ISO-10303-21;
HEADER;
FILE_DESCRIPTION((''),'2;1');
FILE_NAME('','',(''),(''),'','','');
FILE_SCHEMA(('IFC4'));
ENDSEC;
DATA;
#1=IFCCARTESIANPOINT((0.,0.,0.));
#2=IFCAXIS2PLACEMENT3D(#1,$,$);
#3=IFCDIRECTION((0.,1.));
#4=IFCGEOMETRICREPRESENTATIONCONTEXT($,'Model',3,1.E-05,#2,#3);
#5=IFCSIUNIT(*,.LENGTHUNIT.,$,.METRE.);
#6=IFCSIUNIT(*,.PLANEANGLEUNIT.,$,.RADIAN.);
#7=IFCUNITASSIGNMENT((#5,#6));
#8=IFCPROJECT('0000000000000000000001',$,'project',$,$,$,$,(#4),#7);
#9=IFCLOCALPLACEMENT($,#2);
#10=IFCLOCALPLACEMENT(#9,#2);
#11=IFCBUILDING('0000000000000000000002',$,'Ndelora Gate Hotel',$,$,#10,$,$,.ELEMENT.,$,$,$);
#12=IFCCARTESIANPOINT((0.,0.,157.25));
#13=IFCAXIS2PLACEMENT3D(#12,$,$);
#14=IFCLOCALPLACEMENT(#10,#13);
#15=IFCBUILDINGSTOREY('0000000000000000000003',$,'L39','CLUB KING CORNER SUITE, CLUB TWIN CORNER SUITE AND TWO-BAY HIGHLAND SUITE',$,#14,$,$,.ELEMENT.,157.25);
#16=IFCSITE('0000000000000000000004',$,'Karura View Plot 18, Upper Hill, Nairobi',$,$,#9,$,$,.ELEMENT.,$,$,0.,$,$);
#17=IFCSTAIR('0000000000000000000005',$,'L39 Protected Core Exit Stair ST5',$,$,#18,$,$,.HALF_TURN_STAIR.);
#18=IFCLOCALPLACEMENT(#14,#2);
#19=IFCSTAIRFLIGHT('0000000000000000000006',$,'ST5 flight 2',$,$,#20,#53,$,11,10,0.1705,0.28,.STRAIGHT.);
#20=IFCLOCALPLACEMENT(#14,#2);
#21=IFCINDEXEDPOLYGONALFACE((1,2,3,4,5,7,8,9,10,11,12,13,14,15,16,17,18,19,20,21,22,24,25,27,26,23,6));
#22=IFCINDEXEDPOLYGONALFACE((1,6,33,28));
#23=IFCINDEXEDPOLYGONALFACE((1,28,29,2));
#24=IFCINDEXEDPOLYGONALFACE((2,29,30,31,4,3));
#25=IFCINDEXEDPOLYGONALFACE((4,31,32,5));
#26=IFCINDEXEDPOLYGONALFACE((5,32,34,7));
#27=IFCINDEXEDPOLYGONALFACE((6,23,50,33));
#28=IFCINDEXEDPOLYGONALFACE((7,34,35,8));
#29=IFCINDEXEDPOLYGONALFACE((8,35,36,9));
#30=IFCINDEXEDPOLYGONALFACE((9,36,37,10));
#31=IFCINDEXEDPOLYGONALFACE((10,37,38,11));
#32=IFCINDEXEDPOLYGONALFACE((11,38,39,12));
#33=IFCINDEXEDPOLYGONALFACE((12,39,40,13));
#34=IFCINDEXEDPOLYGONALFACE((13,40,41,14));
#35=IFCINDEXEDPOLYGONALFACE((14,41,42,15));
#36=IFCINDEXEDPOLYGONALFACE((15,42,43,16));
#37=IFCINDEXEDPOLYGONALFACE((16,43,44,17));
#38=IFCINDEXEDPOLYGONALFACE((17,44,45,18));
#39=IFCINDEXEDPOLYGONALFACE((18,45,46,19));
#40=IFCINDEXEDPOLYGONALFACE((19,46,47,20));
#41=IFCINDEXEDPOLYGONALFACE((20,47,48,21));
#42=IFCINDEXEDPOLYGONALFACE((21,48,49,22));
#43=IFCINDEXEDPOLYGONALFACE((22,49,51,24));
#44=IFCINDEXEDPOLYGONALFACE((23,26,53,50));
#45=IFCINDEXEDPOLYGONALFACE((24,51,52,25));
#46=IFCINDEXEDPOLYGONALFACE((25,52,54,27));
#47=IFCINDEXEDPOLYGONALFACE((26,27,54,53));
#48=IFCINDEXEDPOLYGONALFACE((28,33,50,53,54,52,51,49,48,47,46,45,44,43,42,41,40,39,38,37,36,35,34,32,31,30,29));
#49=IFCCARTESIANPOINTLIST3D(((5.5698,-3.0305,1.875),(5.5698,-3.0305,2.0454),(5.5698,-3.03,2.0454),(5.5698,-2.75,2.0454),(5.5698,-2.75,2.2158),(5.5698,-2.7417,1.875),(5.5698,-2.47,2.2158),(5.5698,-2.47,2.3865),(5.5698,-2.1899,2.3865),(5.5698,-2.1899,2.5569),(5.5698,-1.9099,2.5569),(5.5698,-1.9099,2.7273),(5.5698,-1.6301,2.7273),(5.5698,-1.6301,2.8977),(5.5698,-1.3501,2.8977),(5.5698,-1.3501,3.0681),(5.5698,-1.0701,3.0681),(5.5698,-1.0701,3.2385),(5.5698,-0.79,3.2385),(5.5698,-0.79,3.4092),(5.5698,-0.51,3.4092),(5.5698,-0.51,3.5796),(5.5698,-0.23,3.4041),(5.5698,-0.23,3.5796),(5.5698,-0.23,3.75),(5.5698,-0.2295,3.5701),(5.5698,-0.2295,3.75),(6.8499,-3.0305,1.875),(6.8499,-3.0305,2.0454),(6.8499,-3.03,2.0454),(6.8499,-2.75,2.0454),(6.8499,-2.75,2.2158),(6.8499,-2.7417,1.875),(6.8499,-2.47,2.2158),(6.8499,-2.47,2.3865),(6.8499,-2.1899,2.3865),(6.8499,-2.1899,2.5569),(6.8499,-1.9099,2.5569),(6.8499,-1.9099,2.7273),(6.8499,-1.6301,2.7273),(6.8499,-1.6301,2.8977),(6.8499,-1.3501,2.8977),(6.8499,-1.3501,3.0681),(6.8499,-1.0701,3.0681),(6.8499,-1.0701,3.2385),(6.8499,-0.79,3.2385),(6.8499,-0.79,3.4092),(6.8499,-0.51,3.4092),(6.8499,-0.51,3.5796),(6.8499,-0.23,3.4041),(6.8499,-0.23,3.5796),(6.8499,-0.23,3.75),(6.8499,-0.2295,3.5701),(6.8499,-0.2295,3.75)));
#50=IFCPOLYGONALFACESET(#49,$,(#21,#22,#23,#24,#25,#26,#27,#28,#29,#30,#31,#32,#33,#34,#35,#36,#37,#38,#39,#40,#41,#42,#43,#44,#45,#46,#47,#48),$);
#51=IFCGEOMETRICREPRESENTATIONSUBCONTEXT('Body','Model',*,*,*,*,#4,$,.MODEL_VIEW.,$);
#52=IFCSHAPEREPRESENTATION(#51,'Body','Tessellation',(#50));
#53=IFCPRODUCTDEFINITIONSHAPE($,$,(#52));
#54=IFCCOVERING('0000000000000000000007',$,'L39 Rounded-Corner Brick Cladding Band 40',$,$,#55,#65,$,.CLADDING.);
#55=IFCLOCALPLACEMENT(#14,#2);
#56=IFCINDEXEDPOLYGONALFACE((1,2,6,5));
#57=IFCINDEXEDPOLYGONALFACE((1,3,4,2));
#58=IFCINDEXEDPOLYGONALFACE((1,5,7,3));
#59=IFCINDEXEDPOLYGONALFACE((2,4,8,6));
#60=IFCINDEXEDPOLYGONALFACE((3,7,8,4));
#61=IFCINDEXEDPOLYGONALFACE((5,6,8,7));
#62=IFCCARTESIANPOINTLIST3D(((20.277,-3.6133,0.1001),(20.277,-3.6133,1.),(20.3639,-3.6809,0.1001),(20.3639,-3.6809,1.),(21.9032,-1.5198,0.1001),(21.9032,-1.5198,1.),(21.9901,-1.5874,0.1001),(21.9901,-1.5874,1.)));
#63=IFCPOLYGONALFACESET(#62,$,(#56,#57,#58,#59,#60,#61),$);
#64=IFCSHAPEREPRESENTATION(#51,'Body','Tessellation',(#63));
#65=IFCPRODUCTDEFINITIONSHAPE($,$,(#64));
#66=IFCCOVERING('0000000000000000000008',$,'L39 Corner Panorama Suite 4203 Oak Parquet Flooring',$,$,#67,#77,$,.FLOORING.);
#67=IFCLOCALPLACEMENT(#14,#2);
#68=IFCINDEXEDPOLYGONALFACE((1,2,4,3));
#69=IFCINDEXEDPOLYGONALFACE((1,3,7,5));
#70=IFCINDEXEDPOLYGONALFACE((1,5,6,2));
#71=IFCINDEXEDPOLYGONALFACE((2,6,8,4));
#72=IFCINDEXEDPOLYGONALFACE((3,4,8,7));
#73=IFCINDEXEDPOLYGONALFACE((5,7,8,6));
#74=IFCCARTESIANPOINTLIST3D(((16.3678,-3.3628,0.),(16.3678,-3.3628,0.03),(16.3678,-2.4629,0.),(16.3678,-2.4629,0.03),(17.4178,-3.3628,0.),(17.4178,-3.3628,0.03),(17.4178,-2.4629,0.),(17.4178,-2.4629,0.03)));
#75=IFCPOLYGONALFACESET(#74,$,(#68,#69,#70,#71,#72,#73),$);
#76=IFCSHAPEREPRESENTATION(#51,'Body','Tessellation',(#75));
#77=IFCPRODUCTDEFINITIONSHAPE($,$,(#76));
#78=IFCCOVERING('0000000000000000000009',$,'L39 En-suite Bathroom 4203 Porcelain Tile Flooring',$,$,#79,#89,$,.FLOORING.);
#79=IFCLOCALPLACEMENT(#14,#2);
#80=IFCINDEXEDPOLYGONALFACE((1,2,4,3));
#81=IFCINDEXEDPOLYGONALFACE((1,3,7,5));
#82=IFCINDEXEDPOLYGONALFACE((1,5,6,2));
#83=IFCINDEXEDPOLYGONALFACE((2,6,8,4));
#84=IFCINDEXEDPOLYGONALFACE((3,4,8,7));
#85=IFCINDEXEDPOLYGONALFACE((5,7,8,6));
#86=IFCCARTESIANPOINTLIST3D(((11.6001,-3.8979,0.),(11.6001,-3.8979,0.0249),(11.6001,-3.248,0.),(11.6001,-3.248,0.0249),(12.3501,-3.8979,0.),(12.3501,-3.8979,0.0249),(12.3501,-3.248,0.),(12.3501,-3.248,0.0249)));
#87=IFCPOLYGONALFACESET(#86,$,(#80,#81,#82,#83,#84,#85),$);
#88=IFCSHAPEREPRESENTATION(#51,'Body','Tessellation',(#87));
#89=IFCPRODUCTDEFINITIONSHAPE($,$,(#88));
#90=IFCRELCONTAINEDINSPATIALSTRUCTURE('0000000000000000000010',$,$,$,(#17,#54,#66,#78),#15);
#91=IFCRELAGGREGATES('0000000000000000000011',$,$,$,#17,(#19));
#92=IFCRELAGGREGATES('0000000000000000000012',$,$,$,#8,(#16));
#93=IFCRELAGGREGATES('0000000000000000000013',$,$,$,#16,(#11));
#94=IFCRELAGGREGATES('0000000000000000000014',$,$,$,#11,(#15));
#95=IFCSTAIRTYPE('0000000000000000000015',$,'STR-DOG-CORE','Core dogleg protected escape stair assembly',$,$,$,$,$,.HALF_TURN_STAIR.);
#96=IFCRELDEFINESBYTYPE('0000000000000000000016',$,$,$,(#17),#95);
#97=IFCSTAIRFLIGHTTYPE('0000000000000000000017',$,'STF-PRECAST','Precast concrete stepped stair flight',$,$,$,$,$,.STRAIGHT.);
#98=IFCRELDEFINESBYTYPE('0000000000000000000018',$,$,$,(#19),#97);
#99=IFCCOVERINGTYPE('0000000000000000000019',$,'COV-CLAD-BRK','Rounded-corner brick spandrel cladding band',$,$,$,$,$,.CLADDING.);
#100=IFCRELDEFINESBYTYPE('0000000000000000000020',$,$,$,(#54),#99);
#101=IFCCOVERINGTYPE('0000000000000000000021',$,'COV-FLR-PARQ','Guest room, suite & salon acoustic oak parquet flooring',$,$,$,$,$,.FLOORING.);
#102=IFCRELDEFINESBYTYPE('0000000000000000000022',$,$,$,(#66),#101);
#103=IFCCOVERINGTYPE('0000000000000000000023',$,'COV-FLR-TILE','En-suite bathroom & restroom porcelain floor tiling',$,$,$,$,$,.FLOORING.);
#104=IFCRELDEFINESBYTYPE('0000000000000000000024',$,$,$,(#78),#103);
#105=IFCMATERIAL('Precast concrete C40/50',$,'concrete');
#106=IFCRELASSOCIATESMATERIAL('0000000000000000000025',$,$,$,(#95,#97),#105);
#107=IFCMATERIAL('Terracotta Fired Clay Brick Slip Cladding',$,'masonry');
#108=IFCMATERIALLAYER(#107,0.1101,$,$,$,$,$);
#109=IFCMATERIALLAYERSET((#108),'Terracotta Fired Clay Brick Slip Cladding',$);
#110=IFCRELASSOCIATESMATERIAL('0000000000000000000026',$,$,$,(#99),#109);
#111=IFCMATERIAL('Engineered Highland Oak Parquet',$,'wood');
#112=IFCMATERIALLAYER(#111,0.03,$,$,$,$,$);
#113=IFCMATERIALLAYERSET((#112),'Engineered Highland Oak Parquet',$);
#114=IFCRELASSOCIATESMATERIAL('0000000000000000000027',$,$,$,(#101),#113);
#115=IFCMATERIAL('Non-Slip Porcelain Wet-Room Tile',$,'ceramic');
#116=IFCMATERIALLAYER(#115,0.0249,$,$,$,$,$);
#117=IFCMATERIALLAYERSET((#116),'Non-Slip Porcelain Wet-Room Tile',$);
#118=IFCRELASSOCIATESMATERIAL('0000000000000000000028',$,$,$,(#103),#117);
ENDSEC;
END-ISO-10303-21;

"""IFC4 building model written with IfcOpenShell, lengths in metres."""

from ifc_helpers import new_model, si_unit, direction, frame, origin, origin_2d, place, context, subcontext, project, spatial, polyline, rectangle, outline, extrude, material, layer, layer_set, type_object, element, aggregate, save


model = new_model("IFC4")

# Units and contexts
model_context = context("Model", 3, precision=1e-05, world=origin(), true_north=direction((0.0, 1.0)))
body_context = subcontext(model_context, "Body", "Model", "MODEL_VIEW")
ifc_project = project(units=[si_unit("LENGTHUNIT", "METRE"), si_unit("PLANEANGLEUNIT", "RADIAN")], contexts=[model_context])

# Site, building, storey
site_placement = place(None, origin())
site = spatial("IfcSite", under=ifc_project, at=site_placement, Name="Karura View Plot 18, Upper Hill, Nairobi", CompositionType="ELEMENT", RefElevation=0.0)
building_placement = place(site_placement, origin())
building = spatial("IfcBuilding", under=site, at=building_placement, Name="Ndelora Gate Hotel", CompositionType="ELEMENT")
storey_placement = place(building_placement, frame((0.0, 0.0, 157.25)))
storey = spatial("IfcBuildingStorey", under=building, at=storey_placement, Name="L39", Description="CLUB KING CORNER SUITE, CLUB TWIN CORNER SUITE AND TWO-BAY HIGHLAND SUITE", CompositionType="ELEMENT", Elevation=157.25)

# Stair, stair flight
ifc_material_1 = material(Name="Precast concrete C40/50", Category="concrete")
stair_type = type_object("IfcStairType", Name="STR-DOG-CORE", Description="Core dogleg protected escape stair assembly", PredefinedType="HALF_TURN_STAIR", material=ifc_material_1)
stair_placement = place(storey_placement, origin())
stair = element("IfcStair", 1, at=stair_placement, inside=storey, type_object=stair_type, Name="L39 Protected Core Exit Stair ST5", PredefinedType="HALF_TURN_STAIR")
stair_flight_type = type_object("IfcStairFlightType", Name="STF-PRECAST", Description="Precast concrete stepped stair flight", PredefinedType="STRAIGHT", material=ifc_material_1)
stair_flight_placement = place(storey_placement, frame((6.21, -3.03, 1.875), z_axis=(0.0, 0.0, 1.0), x_axis=(0.0, 1.0, 0.0)))
stair_flight = element("IfcStairFlight", 2, at=stair_flight_placement, type_object=stair_flight_type, Name="ST5 flight 2", NumberOfRisers=11, NumberOfTreads=10, PredefinedType="STRAIGHT", RiserHeight=0.1705, TreadLength=0.28, context=body_context, shape_type="SweptSolid", body=[
    extrude(outline(polyline([(-0.0005, 0.0), (-0.0005, 0.1704), (0.0, 0.1704), (0.28, 0.1704), (0.28, 0.3408), (0.5601, 0.3408), (0.5601, 0.5115), (0.8401, 0.5115), (0.8401, 0.6819), (1.1201, 0.6819), (1.1201, 0.8523), (1.3999, 0.8523), (1.3999, 1.0227), (1.6799, 1.0227), (1.6799, 1.1931), (1.96, 1.1931), (1.96, 1.3635), (2.24, 1.3635), (2.24, 1.5342), (2.52, 1.5342), (2.52, 1.7046), (2.8, 1.7046), (2.8, 1.875), (2.8005, 1.875), (2.8005, 1.6951), (2.8, 1.5291), (0.2883, 0.0), (-0.0005, 0.0)])), frame((0.0, 0.6401, 0.0), z_axis=(0.0, -1.0, 0.0), x_axis=(1.0, 0.0, 0.0)), (0.0, 0.0, 1.0), 1.28),
])
aggregate(stair, [stair_flight])

# Coverings
ifc_material_2 = material(Name="Terracotta Fired Clay Brick Slip Cladding", Category="masonry")
ifc_layer_1 = layer(ifc_material_2, 0.1101)
ifc_layer_set_1 = layer_set([ifc_layer_1], Name="Terracotta Fired Clay Brick Slip Cladding")
covering_type_1 = type_object("IfcCoveringType", Name="COV-CLAD-BRK", Description="Rounded-corner brick spandrel cladding band", PredefinedType="CLADDING", material=ifc_layer_set_1)
covering_1_placement = place(storey_placement, frame((21.1335, -2.6003, 0.1001), z_axis=(0.0, 0.0, 1.0), x_axis=(0.613459, 0.789727, 0.0)))
element("IfcCovering", 3, at=covering_1_placement, inside=storey, type_object=covering_type_1, Name="L39 Rounded-Corner Brick Cladding Band 40", PredefinedType="CLADDING", context=body_context, shape_type="SweptSolid", body=[
    extrude(rectangle(XDim=2.6509, YDim=0.1101, at=origin_2d()), origin(), (0.0, 0.0, 1.0), 0.8999),
])
ifc_material_3 = material(Name="Engineered Highland Oak Parquet", Category="wood")
ifc_layer_2 = layer(ifc_material_3, 0.03)
ifc_layer_set_2 = layer_set([ifc_layer_2], Name="Engineered Highland Oak Parquet")
covering_type_2 = type_object("IfcCoveringType", Name="COV-FLR-PARQ", Description="Guest room, suite & salon acoustic oak parquet flooring", PredefinedType="FLOORING", material=ifc_layer_set_2)
covering_2_placement = place(storey_placement, frame((16.8928, -2.9128, 0.0), z_axis=(0.0, 0.0, 1.0), x_axis=(1.0, 0.0, 0.0)))
element("IfcCovering", 4, at=covering_2_placement, inside=storey, type_object=covering_type_2, Name="L39 Corner Panorama Suite 4203 Oak Parquet Flooring", PredefinedType="FLOORING", context=body_context, shape_type="SweptSolid", body=[
    extrude(rectangle(XDim=1.05, YDim=0.8999, at=origin_2d()), origin(), (0.0, 0.0, 1.0), 0.03),
])
ifc_material_4 = material(Name="Non-Slip Porcelain Wet-Room Tile", Category="ceramic")
ifc_layer_3 = layer(ifc_material_4, 0.0249)
ifc_layer_set_3 = layer_set([ifc_layer_3], Name="Non-Slip Porcelain Wet-Room Tile")
covering_type_3 = type_object("IfcCoveringType", Name="COV-FLR-TILE", Description="En-suite bathroom & restroom porcelain floor tiling", PredefinedType="FLOORING", material=ifc_layer_set_3)
covering_3_placement = place(storey_placement, frame((11.9751, -3.573, 0.0), z_axis=(0.0, 0.0, 1.0), x_axis=(1.0, 0.0, 0.0)))
element("IfcCovering", 5, at=covering_3_placement, inside=storey, type_object=covering_type_3, Name="L39 En-suite Bathroom 4203 Porcelain Tile Flooring", PredefinedType="FLOORING", context=body_context, shape_type="SweptSolid", body=[
    extrude(rectangle(XDim=0.75, YDim=0.6499, at=origin_2d()), origin(), (0.0, 0.0, 1.0), 0.0249),
])

save(model, "model.ifc")
